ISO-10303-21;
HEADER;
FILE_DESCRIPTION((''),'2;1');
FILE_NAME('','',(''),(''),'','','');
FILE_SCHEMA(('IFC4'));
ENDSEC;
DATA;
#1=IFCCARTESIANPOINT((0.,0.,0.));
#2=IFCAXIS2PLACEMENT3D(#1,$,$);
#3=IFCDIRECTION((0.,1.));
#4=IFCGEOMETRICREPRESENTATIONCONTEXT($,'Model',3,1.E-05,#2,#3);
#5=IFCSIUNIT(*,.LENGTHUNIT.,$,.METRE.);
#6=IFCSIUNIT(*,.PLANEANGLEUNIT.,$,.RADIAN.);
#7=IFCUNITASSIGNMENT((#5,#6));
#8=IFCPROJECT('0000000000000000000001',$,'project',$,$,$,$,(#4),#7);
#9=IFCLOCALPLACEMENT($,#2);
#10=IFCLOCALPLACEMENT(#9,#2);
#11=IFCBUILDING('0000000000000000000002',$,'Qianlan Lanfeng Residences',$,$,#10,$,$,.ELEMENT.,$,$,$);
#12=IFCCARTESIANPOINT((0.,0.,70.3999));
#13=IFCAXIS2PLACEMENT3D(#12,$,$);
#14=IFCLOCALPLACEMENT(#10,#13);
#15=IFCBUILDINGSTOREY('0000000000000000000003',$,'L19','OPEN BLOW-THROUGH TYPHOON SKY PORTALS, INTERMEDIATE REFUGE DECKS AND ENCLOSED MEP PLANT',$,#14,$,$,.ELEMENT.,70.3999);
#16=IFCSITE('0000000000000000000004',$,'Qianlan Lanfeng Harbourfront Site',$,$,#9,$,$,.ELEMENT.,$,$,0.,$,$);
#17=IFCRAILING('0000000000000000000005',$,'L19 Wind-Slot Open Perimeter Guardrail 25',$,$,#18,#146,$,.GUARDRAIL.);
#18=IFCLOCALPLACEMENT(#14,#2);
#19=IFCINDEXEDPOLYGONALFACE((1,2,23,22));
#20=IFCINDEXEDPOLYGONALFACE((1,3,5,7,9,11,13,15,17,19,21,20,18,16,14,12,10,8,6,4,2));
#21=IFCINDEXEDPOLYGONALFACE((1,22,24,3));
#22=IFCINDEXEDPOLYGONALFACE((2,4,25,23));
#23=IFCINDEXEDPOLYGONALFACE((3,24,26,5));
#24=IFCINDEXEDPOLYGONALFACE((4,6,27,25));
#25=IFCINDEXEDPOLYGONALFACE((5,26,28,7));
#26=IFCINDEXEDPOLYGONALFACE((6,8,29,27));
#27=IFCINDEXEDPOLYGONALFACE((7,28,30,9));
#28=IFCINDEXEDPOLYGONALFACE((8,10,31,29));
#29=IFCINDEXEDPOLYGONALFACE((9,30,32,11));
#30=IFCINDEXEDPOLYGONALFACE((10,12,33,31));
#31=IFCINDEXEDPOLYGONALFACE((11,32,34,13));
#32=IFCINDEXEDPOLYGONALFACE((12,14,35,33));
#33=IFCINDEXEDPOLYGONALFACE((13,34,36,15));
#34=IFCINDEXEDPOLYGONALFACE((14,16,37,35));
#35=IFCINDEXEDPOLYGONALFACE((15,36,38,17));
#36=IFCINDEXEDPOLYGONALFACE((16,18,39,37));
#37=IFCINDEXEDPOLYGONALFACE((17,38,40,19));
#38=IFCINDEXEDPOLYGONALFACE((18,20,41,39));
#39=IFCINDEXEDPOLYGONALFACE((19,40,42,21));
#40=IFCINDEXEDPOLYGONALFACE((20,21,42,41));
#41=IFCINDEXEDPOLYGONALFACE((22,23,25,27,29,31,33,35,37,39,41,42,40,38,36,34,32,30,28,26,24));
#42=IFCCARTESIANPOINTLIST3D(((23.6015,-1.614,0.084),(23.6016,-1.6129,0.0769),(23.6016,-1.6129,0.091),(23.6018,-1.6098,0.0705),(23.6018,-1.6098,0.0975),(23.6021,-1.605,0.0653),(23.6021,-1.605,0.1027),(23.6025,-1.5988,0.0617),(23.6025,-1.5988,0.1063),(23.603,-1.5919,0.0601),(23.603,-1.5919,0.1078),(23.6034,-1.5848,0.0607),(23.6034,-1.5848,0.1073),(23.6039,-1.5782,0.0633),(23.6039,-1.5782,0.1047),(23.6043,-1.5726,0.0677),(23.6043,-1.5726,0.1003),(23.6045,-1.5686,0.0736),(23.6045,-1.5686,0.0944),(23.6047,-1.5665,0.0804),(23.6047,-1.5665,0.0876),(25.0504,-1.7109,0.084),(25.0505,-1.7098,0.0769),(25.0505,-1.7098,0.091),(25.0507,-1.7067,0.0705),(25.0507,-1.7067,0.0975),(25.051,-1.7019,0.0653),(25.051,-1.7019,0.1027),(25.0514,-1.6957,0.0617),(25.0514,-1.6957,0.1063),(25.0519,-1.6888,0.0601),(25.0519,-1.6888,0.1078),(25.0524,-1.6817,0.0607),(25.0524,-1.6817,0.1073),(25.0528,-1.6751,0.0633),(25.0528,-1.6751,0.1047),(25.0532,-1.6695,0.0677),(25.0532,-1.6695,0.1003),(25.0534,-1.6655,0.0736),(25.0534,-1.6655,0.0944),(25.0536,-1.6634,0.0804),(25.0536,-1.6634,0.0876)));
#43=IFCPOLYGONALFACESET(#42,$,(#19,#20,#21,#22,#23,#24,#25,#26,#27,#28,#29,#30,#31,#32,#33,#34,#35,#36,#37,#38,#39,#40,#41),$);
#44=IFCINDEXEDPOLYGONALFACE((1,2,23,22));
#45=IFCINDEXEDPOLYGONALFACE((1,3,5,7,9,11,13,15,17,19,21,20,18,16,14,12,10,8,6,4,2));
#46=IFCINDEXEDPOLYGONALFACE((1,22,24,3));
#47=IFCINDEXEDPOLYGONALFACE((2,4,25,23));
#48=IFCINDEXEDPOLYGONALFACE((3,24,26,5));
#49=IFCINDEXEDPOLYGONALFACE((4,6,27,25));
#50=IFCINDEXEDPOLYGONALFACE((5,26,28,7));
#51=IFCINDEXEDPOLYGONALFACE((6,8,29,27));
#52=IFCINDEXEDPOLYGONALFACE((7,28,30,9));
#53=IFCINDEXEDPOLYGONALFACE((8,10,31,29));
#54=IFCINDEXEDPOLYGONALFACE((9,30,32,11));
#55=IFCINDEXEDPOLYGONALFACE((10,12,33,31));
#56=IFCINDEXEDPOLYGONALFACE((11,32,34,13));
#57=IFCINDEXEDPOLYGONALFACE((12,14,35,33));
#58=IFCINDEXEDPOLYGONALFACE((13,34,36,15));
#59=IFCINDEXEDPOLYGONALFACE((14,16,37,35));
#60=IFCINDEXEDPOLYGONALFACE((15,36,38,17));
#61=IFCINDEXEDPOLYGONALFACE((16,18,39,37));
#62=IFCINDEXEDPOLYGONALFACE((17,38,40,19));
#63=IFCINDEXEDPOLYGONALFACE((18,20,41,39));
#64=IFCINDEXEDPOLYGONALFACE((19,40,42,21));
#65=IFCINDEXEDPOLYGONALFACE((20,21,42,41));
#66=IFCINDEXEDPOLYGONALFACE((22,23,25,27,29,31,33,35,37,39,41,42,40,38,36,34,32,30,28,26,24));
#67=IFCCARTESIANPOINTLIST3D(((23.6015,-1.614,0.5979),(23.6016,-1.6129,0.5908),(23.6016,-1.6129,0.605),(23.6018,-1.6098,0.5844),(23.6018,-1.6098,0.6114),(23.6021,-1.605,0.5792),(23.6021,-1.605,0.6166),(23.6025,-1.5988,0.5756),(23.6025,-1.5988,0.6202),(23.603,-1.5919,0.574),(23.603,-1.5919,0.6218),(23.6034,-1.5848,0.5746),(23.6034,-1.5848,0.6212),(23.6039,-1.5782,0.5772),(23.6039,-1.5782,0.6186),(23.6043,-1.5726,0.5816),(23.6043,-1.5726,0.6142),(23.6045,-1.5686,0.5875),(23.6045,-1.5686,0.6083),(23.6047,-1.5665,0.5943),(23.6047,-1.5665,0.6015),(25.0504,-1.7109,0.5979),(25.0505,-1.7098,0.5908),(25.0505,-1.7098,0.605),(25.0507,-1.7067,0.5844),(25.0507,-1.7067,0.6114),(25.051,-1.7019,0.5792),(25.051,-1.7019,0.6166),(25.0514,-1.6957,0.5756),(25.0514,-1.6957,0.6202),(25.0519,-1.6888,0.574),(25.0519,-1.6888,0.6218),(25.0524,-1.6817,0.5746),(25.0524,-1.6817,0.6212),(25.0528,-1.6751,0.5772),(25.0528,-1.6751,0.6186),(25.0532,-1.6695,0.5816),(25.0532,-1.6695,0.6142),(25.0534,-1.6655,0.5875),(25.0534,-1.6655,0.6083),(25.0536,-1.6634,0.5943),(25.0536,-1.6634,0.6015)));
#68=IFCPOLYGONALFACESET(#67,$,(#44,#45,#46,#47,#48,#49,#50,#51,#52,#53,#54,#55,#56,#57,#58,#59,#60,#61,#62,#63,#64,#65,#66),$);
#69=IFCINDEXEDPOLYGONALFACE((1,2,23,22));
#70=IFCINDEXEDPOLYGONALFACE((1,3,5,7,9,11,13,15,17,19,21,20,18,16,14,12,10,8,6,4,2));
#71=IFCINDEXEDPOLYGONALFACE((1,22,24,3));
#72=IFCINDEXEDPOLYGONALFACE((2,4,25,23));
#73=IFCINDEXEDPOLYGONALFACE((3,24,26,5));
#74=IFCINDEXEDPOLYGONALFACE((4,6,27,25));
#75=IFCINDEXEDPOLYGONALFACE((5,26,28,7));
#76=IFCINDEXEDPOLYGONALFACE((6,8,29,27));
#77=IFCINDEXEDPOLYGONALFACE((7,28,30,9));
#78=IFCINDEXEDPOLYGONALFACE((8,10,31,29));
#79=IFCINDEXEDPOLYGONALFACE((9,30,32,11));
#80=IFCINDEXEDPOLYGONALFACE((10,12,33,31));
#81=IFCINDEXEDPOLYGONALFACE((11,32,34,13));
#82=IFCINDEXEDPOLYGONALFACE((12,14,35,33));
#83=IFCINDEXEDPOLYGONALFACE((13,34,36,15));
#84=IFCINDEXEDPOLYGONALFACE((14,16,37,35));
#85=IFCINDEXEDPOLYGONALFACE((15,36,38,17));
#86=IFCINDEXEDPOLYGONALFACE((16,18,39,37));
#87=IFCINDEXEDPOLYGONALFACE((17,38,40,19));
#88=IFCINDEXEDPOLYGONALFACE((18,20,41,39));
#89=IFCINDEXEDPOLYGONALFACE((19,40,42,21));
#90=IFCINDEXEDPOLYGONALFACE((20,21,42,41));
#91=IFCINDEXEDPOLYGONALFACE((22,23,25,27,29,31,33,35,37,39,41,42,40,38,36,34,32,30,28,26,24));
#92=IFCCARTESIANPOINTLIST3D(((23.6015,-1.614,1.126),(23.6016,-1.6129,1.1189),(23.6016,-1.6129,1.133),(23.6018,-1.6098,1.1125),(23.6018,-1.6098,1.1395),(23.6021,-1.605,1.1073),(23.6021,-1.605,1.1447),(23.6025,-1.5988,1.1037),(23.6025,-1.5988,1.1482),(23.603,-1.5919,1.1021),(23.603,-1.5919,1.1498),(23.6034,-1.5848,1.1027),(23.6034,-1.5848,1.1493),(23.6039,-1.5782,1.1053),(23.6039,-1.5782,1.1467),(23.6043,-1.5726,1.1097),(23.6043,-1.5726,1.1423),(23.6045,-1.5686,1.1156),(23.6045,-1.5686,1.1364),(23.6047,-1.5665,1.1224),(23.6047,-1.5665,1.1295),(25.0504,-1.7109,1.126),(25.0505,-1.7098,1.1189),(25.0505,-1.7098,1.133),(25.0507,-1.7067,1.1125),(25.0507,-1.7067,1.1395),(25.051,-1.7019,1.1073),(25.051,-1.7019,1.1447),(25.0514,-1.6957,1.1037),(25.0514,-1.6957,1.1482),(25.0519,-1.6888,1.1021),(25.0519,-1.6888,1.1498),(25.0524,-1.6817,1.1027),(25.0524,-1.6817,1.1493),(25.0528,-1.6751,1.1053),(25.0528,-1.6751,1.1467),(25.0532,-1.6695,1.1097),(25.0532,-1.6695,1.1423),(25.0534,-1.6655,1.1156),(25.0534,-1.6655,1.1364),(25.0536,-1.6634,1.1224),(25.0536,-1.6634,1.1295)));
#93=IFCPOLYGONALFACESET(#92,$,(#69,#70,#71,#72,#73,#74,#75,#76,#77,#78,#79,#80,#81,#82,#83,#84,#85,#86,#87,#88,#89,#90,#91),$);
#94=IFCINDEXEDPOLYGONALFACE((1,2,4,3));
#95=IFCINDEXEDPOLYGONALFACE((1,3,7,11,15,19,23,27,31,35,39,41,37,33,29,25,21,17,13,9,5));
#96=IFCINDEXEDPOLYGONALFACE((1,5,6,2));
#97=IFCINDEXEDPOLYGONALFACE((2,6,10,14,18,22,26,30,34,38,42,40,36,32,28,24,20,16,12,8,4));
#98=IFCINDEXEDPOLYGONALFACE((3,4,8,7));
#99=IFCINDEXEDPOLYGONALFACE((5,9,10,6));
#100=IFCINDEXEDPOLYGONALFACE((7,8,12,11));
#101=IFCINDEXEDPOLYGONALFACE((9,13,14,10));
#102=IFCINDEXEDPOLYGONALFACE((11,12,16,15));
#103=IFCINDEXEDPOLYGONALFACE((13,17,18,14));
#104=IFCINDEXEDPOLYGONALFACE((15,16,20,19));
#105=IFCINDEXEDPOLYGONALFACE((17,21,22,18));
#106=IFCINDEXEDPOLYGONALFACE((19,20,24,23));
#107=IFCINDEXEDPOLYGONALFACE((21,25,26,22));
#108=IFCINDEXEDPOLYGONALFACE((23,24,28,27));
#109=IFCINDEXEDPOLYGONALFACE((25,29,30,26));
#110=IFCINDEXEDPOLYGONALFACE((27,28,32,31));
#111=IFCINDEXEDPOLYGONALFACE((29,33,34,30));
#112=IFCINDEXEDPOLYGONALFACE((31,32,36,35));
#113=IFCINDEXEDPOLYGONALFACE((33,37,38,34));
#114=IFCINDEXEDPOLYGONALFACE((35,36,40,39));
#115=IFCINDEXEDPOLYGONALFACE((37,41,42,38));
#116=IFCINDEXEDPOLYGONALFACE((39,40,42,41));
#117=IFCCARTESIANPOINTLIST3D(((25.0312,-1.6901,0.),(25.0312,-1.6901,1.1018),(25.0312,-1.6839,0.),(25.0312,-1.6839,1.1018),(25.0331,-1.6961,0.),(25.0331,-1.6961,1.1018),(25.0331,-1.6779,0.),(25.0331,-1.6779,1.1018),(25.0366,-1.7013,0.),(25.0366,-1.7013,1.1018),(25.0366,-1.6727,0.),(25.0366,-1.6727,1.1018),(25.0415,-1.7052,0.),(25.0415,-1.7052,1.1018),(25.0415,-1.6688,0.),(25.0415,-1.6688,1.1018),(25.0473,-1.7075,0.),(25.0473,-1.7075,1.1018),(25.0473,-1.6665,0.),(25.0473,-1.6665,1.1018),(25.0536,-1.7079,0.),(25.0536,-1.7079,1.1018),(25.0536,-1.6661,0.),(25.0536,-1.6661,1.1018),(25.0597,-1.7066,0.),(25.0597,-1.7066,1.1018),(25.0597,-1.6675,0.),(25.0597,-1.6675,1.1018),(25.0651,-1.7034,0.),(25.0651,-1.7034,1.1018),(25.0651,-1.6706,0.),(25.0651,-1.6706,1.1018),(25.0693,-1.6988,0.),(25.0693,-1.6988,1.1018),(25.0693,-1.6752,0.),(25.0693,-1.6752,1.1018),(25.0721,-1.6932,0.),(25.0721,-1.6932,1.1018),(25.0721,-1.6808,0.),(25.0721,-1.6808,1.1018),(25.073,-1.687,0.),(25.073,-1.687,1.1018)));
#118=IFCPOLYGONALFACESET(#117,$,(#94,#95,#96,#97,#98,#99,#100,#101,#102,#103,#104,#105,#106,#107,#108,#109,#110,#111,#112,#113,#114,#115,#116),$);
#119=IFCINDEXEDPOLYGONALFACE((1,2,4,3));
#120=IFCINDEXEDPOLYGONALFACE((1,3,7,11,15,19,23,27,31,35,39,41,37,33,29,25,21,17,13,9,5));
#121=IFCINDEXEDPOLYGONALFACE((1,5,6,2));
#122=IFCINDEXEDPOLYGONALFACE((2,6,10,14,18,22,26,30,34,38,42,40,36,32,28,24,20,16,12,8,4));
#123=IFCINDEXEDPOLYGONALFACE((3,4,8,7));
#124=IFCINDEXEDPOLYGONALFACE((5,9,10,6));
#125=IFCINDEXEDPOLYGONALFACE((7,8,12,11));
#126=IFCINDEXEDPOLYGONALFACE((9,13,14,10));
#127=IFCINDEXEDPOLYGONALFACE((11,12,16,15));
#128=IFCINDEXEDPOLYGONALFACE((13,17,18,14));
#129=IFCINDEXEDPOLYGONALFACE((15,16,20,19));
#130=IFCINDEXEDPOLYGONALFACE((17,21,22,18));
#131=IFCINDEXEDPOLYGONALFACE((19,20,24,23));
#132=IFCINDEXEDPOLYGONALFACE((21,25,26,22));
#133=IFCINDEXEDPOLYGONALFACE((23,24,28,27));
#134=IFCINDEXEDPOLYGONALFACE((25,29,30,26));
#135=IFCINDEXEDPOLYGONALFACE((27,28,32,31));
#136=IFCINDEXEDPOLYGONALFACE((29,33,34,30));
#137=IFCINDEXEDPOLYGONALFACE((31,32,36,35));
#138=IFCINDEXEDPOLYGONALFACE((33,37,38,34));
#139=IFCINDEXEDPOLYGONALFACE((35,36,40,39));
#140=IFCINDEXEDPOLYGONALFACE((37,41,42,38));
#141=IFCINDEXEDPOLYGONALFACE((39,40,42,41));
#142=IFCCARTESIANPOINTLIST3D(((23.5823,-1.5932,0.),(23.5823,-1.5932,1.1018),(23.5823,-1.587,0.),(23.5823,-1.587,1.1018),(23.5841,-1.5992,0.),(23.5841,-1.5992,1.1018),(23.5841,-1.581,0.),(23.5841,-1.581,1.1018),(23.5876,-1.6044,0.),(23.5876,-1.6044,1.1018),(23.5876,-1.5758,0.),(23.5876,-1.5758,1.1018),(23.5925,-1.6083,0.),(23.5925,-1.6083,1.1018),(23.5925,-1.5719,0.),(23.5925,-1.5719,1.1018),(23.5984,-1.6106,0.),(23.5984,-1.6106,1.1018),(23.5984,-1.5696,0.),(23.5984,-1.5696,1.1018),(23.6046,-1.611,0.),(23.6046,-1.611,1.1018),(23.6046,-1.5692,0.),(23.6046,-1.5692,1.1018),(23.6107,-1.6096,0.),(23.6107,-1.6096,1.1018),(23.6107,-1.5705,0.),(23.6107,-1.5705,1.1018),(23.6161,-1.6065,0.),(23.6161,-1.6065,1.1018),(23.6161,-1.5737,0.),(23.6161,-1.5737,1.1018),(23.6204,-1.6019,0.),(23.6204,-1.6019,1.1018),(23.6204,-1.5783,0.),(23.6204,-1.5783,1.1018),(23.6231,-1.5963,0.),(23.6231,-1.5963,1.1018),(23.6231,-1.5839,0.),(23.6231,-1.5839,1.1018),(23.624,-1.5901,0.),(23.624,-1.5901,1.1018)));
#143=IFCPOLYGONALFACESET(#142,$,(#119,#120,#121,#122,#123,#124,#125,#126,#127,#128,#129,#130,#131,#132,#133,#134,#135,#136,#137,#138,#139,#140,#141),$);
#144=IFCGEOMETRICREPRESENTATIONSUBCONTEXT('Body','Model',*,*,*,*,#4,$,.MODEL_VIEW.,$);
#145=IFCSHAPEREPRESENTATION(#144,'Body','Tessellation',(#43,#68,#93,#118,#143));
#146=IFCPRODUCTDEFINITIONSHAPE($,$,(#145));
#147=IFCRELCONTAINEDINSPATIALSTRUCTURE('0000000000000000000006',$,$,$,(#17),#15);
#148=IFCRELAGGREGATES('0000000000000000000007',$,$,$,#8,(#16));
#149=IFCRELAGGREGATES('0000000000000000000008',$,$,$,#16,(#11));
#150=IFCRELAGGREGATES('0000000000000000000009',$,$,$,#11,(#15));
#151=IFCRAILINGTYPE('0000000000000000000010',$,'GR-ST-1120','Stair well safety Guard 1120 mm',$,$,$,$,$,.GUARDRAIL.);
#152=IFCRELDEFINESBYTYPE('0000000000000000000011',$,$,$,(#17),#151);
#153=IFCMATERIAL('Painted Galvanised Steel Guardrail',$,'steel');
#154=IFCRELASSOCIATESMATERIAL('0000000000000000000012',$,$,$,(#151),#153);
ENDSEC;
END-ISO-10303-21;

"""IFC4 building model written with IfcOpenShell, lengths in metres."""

from ifc_helpers import new_model, si_unit, direction, frame, origin, origin_2d, place, context, subcontext, project, spatial, circle, extrude, material, type_object, element, save


model = new_model("IFC4")

# Units and contexts
model_context = context("Model", 3, precision=1e-05, world=origin(), true_north=direction((0.0, 1.0)))
body_context = subcontext(model_context, "Body", "Model", "MODEL_VIEW")
ifc_project = project(units=[si_unit("LENGTHUNIT", "METRE"), si_unit("PLANEANGLEUNIT", "RADIAN")], contexts=[model_context])

# Site, building, storey
site_placement = place(None, origin())
site = spatial("IfcSite", under=ifc_project, at=site_placement, Name="Qianlan Lanfeng Harbourfront Site", CompositionType="ELEMENT", RefElevation=0.0)
building_placement = place(site_placement, origin())
building = spatial("IfcBuilding", under=site, at=building_placement, Name="Qianlan Lanfeng Residences", CompositionType="ELEMENT")
storey_placement = place(building_placement, frame((0.0, 0.0, 70.3999)))
storey = spatial("IfcBuildingStorey", under=building, at=storey_placement, Name="L19", Description="OPEN BLOW-THROUGH TYPHOON SKY PORTALS, INTERMEDIATE REFUGE DECKS AND ENCLOSED MEP PLANT", CompositionType="ELEMENT", Elevation=70.3999)

# Railing
ifc_material_1 = material(Name="Painted Galvanised Steel Guardrail", Category="steel")
railing_type = type_object("IfcRailingType", Name="GR-ST-1120", Description="Stair well safety Guard 1120 mm", PredefinedType="GUARDRAIL", material=ifc_material_1)
railing_1_placement = place(storey_placement, frame((25.052, -1.687, 0.0)))
element("IfcRailing", 1, at=railing_1_placement, inside=storey, type_object=railing_type, Name="L19 Wind-Slot Open Perimeter Guardrail 25", PredefinedType="GUARDRAIL", context=body_context, shape_type="SweptSolid", body=[
    extrude(circle(Radius=0.0239, at=origin_2d()), frame((0.0, 0.0, 0.084), z_axis=(-0.99777, 0.066742, 0.0), x_axis=(-0.066742, -0.99777, 0.0)), (0.0, 0.0, 1.0), 1.4521),
    extrude(circle(Radius=0.0239, at=origin_2d()), frame((0.0, 0.0, 0.5979), z_axis=(-0.99777, 0.066742, 0.0), x_axis=(-0.066742, -0.99777, 0.0)), (0.0, 0.0, 1.0), 1.4521),
    extrude(circle(Radius=0.0239, at=origin_2d()), frame((0.0, 0.0, 1.126), z_axis=(-0.99777, 0.066742, 0.0), x_axis=(-0.066742, -0.99777, 0.0)), (0.0, 0.0, 1.0), 1.4521),
    extrude(circle(Radius=0.021, at=origin_2d()), origin(), (0.0, 0.0, 1.0), 1.1018),
    extrude(circle(Radius=0.021, at=origin_2d()), frame((-1.449, 0.0969, 0.0)), (0.0, 0.0, 1.0), 1.1018),
])

save(model, "model.ifc")
